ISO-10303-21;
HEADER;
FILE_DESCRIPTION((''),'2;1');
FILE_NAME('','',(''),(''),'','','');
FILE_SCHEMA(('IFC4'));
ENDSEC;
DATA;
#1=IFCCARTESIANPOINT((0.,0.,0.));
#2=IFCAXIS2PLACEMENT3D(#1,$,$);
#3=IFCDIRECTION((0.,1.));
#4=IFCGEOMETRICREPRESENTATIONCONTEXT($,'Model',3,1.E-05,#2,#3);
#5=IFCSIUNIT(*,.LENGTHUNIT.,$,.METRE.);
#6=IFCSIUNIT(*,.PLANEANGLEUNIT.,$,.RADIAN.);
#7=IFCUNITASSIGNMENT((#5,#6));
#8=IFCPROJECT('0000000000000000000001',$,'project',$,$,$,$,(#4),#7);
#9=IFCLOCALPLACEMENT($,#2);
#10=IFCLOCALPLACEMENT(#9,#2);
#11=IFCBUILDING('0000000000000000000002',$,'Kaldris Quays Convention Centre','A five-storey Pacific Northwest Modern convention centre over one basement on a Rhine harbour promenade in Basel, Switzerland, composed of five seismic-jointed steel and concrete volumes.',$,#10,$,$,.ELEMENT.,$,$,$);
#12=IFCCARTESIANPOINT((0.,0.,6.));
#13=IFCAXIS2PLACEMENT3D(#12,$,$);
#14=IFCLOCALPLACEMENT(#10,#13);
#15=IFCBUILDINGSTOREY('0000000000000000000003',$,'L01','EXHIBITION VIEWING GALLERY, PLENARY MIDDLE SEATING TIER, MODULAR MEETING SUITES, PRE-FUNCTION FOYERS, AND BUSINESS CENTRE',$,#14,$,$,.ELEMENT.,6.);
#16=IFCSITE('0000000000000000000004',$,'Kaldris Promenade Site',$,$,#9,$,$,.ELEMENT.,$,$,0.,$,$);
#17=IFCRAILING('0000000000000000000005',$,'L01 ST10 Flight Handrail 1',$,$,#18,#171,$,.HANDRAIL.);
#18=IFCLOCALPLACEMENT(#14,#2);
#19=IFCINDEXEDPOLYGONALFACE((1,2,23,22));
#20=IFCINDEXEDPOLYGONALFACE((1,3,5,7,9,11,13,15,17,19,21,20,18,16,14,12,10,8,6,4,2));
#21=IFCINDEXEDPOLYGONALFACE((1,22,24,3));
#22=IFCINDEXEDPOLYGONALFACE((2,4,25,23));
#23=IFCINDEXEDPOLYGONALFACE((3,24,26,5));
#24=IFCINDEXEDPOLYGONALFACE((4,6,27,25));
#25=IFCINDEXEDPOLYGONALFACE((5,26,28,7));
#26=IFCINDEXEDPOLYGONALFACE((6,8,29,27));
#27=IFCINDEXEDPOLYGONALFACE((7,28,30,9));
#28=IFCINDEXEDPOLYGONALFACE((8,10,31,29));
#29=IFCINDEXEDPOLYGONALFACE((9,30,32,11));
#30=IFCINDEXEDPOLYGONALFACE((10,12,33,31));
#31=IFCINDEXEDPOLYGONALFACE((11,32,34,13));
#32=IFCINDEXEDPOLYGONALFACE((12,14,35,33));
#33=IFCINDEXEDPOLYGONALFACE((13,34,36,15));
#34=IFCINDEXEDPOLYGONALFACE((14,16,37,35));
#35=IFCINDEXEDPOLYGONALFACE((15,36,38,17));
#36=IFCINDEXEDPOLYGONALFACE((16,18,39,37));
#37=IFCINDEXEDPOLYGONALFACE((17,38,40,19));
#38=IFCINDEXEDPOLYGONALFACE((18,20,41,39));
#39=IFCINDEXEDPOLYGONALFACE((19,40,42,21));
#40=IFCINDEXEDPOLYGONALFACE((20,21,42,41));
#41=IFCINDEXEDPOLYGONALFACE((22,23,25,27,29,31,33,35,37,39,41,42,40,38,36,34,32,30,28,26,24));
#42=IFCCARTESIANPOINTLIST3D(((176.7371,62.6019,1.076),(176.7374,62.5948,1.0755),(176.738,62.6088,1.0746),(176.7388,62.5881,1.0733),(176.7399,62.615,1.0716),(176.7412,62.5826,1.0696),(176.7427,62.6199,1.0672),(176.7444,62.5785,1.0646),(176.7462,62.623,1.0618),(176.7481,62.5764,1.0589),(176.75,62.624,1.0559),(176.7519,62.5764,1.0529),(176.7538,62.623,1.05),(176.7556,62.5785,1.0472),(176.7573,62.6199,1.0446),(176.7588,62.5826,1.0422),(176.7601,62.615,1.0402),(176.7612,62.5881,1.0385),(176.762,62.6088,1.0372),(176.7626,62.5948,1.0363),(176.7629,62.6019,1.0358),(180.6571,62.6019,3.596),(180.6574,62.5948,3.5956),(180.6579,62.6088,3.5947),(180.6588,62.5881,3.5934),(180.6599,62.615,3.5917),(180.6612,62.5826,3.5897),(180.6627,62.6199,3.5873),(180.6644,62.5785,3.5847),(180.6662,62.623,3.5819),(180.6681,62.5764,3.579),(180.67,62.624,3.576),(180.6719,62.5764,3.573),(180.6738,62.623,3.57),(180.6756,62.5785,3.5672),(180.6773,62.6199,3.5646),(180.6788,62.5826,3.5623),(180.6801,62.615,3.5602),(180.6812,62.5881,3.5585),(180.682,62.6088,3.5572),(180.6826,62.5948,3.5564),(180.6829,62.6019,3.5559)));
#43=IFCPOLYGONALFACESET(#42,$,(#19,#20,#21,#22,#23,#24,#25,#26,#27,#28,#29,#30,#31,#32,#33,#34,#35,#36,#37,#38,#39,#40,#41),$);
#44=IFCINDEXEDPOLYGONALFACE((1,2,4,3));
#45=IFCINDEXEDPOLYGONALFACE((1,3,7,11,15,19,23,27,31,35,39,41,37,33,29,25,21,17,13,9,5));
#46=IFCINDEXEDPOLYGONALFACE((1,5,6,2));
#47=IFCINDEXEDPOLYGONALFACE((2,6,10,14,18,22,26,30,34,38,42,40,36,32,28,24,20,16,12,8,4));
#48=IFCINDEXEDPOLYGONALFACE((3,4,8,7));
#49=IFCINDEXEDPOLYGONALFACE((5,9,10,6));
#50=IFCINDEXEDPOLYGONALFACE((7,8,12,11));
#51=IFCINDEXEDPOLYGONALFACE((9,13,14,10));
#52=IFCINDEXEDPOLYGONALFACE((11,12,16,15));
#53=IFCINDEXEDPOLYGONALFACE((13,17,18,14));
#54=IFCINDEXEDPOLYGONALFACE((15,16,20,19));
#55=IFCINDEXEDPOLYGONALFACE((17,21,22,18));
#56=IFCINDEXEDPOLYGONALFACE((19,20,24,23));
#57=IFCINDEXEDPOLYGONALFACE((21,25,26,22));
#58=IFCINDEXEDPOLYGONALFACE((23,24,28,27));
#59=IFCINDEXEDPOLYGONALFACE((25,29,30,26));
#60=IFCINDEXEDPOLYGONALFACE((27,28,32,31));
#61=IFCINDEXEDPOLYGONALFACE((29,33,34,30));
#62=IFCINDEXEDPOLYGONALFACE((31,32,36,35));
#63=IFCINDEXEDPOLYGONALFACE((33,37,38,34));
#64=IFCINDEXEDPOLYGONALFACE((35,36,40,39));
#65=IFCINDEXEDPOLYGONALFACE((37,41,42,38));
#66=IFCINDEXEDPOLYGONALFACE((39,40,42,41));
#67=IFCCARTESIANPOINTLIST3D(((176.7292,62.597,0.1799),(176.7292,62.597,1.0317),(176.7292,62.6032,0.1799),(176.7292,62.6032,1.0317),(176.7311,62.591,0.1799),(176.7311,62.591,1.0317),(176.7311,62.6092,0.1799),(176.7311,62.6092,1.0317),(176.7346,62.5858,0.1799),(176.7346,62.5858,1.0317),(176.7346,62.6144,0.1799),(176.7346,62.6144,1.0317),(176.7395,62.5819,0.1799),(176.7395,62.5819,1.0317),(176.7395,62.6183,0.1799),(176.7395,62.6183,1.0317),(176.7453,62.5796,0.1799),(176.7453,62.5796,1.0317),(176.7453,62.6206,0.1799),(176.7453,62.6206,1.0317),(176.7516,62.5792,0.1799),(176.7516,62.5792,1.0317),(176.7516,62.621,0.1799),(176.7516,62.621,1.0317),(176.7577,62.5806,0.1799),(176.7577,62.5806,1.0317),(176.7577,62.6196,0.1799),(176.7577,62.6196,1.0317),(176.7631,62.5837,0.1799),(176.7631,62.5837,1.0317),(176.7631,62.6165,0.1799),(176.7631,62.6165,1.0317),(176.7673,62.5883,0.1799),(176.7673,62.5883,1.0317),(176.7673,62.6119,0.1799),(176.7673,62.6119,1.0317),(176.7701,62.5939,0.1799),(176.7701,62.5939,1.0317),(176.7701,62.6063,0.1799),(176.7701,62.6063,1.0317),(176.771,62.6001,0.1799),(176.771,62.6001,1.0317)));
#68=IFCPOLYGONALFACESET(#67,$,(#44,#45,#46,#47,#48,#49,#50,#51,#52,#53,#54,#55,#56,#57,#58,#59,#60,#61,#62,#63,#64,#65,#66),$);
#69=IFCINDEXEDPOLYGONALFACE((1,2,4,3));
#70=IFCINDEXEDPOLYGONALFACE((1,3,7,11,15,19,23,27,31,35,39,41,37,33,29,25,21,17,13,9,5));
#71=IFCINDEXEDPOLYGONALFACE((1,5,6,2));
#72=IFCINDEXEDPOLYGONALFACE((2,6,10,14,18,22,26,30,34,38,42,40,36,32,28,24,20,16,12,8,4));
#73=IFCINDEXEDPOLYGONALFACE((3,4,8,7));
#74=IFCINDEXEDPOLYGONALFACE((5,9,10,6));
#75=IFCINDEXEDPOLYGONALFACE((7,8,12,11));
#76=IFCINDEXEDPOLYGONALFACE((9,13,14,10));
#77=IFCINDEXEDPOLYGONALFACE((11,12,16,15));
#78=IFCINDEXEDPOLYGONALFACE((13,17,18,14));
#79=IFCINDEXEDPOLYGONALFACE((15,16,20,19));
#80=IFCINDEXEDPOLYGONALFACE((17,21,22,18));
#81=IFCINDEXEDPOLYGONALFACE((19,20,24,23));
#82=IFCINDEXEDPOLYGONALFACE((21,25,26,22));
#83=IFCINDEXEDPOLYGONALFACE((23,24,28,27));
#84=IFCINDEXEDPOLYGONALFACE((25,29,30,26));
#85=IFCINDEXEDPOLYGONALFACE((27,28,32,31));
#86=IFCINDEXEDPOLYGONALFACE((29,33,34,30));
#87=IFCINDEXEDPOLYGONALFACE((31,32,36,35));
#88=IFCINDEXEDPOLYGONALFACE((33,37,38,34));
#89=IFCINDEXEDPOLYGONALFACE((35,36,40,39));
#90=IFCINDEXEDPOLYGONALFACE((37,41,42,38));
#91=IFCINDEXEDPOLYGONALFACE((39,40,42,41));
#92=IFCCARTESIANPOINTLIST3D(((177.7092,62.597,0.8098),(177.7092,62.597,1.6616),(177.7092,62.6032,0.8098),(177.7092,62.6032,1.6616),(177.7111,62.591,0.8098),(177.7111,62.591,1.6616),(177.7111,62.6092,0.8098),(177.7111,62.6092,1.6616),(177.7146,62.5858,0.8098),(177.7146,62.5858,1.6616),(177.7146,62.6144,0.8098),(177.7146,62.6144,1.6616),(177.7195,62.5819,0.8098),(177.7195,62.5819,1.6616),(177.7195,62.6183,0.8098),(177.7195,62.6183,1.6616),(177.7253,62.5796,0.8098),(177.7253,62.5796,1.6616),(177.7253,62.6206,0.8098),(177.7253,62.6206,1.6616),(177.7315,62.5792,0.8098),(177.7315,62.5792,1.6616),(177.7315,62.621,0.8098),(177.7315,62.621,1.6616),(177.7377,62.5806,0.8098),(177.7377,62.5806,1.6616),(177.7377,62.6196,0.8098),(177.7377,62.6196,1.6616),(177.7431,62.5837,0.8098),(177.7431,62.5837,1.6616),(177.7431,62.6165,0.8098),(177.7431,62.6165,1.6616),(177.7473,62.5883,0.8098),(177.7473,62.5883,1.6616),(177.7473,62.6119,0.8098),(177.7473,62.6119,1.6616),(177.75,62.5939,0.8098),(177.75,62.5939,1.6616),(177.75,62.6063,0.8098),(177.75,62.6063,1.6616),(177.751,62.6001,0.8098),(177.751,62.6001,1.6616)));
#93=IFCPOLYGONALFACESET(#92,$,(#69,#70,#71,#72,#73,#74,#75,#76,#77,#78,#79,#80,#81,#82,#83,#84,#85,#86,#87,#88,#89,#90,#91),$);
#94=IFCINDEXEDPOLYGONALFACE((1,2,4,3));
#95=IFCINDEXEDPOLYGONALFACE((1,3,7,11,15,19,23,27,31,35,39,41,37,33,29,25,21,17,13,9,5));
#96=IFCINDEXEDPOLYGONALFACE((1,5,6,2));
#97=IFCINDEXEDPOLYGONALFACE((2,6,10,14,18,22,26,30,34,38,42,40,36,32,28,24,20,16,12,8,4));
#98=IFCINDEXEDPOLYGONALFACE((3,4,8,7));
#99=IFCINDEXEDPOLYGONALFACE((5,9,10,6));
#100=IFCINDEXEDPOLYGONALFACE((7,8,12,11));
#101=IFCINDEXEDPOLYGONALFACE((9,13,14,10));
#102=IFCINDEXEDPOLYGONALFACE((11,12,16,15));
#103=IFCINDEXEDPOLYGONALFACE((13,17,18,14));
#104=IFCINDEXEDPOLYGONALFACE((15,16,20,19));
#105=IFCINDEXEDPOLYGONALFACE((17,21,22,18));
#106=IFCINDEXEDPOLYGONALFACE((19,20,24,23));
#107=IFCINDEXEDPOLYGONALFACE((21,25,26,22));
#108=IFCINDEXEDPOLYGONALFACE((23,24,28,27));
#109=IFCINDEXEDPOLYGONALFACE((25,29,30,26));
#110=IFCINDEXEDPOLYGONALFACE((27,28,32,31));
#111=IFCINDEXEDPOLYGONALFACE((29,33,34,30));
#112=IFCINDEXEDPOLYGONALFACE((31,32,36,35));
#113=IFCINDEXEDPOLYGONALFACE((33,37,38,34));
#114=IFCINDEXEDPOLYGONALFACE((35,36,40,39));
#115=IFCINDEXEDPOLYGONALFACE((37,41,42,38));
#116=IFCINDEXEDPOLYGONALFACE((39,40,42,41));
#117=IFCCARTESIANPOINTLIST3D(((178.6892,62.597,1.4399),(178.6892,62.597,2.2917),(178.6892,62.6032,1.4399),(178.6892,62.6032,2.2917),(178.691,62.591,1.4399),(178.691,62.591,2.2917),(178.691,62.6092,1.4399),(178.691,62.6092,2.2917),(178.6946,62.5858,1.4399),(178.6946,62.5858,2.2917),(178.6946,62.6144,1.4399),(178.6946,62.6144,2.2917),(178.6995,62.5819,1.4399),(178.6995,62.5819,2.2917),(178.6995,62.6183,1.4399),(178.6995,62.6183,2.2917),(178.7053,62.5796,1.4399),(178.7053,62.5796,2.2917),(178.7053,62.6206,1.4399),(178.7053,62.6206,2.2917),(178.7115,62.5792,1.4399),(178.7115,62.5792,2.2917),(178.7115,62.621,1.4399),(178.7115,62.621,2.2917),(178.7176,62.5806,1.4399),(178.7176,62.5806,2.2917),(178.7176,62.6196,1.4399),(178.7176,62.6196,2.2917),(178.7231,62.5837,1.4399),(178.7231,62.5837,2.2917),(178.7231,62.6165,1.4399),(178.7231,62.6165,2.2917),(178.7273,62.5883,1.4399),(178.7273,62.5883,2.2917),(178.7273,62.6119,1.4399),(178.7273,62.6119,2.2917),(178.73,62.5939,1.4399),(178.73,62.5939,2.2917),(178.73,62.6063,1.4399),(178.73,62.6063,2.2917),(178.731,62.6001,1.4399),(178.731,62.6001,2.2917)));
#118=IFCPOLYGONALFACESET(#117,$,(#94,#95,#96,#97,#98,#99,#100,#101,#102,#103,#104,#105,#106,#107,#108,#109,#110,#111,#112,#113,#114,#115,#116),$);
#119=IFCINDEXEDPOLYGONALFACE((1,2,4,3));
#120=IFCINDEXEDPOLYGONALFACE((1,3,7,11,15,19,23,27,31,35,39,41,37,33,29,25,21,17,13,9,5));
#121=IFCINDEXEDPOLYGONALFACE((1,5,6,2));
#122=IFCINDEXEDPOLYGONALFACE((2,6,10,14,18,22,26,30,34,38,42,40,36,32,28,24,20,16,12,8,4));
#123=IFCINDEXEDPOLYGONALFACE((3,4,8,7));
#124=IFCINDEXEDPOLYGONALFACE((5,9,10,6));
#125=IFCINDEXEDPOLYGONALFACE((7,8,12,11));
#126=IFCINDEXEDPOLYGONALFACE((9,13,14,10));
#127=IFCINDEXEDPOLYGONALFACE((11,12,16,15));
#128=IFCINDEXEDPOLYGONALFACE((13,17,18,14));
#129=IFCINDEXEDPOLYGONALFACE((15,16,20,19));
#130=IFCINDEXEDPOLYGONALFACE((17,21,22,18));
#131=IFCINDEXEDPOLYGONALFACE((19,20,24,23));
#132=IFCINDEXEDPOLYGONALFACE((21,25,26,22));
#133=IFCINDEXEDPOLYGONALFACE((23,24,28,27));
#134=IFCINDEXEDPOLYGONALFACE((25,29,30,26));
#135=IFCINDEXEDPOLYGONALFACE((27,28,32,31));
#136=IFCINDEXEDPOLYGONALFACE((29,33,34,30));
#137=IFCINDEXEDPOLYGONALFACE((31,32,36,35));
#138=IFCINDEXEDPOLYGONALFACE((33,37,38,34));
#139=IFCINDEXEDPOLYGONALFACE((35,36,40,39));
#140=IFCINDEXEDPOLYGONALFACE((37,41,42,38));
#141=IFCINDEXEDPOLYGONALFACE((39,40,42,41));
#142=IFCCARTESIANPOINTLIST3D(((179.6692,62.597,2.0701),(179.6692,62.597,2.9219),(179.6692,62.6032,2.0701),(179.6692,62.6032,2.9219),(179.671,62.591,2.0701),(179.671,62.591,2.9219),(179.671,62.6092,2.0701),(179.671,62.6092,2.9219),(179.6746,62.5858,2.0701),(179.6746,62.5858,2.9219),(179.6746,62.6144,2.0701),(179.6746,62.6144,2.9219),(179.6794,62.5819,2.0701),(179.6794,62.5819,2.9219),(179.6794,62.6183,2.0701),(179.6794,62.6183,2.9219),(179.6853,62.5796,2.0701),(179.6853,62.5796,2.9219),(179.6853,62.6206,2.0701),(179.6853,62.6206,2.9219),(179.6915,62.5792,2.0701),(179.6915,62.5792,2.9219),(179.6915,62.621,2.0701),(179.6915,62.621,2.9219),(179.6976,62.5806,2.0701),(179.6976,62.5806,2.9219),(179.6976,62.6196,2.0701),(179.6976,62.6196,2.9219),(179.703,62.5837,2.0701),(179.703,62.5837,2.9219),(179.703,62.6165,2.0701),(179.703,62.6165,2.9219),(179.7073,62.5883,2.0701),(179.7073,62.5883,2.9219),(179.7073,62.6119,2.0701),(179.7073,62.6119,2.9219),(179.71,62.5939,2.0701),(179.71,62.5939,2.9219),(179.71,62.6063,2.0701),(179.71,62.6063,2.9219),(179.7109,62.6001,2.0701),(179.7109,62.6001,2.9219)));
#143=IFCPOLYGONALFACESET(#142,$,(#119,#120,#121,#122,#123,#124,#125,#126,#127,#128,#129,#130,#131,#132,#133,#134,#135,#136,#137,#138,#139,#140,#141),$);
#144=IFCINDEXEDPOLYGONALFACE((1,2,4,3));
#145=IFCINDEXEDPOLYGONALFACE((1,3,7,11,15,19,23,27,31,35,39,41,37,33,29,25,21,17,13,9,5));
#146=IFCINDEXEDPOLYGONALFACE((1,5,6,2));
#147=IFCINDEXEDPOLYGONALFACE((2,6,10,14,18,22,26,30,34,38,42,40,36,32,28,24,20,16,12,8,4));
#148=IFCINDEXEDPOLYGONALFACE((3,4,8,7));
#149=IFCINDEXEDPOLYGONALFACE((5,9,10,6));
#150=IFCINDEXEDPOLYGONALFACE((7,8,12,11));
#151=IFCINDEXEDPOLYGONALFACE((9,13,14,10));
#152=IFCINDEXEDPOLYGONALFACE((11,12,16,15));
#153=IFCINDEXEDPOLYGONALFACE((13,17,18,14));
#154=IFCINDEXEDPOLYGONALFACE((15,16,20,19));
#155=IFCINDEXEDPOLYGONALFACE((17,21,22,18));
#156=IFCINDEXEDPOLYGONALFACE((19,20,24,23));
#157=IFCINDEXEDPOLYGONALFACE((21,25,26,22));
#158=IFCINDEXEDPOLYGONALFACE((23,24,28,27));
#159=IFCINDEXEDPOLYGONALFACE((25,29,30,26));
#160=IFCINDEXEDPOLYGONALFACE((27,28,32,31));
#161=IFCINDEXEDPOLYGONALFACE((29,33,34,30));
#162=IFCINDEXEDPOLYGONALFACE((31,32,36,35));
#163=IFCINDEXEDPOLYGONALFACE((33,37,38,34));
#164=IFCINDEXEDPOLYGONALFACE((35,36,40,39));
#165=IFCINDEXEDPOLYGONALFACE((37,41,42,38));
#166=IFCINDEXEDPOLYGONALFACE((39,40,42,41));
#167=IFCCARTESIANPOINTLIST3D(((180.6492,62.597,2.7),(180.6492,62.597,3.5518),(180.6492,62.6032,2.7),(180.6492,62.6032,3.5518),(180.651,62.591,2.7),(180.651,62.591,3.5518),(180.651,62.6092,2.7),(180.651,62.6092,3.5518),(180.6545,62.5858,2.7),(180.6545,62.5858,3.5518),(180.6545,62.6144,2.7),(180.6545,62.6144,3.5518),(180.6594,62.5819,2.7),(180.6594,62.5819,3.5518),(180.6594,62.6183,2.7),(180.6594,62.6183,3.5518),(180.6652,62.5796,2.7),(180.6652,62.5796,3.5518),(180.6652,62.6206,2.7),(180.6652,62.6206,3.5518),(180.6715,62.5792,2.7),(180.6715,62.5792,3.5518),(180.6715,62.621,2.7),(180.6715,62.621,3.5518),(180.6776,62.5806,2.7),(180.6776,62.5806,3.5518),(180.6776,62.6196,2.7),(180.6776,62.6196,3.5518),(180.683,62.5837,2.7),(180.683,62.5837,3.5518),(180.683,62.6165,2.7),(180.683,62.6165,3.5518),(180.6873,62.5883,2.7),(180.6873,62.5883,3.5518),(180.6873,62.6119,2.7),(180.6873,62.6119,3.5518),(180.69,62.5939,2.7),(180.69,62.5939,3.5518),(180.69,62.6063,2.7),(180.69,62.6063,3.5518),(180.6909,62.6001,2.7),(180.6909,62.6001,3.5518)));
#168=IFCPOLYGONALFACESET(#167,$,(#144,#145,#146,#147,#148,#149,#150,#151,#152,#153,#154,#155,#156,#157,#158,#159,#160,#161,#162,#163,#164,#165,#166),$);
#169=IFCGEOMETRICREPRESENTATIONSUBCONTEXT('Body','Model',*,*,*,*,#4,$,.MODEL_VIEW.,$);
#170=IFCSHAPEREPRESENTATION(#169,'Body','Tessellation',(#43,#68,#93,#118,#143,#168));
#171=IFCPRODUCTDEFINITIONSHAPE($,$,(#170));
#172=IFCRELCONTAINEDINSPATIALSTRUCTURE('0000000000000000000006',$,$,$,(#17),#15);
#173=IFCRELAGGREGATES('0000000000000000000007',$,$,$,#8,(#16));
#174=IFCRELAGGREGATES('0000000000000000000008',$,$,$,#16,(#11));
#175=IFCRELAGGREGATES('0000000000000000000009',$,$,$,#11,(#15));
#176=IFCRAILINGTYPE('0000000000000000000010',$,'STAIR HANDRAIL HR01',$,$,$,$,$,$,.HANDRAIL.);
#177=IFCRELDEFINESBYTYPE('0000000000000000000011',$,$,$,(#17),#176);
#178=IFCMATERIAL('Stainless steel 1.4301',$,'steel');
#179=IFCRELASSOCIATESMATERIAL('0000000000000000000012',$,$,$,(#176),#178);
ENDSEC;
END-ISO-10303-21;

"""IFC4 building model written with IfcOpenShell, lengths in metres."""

from ifc_helpers import new_model, si_unit, direction, frame, origin, origin_2d, place, context, subcontext, project, spatial, circle, extrude, material, type_object, element, save


model = new_model("IFC4")

# Units and contexts
model_context = context("Model", 3, precision=1e-05, world=origin(), true_north=direction((0.0, 1.0)))
body_context = subcontext(model_context, "Body", "Model", "MODEL_VIEW")
ifc_project = project(units=[si_unit("LENGTHUNIT", "METRE"), si_unit("PLANEANGLEUNIT", "RADIAN")], contexts=[model_context])

# Site, building, storey
site_placement = place(None, origin())
site = spatial("IfcSite", under=ifc_project, at=site_placement, Name="Kaldris Promenade Site", CompositionType="ELEMENT", RefElevation=0.0)
building_placement = place(site_placement, origin())
building = spatial("IfcBuilding", under=site, at=building_placement, Name="Kaldris Quays Convention Centre", Description="A five-storey Pacific Northwest Modern convention centre over one basement on a Rhine harbour promenade in Basel, Switzerland, composed of five seismic-jointed steel and concrete volumes.", CompositionType="ELEMENT")
storey_placement = place(building_placement, frame((0.0, 0.0, 6.0)))
storey = spatial("IfcBuildingStorey", under=building, at=storey_placement, Name="L01", Description="EXHIBITION VIEWING GALLERY, PLENARY MIDDLE SEATING TIER, MODULAR MEETING SUITES, PRE-FUNCTION FOYERS, AND BUSINESS CENTRE", CompositionType="ELEMENT", Elevation=6.0)

# Railing
ifc_material_1 = material(Name="Stainless steel 1.4301", Category="steel")
railing_type_1 = type_object("IfcRailingType", Name="STAIR HANDRAIL HR01", PredefinedType="HANDRAIL", material=ifc_material_1)
railing_1_placement = place(storey_placement, frame((176.75, 62.6001, 0.1799)))
element("IfcRailing", 1, at=railing_1_placement, inside=storey, type_object=railing_type_1, Name="L01 ST10 Flight Handrail 1", PredefinedType="HANDRAIL", context=body_context, shape_type="SweptSolid", body=[
    extrude(circle(Radius=0.0239, at=origin_2d()), frame((0.0, 0.0, 0.876), z_axis=(0.841172, 0.0, 0.540768), x_axis=(0.0, 1.0, 0.0)), (0.0, 0.0, 1.0), 4.6602),
    extrude(circle(Radius=0.021, at=origin_2d()), origin(), (0.0, 0.0, 1.0), 0.8518),
    extrude(circle(Radius=0.021, at=origin_2d()), frame((0.98, 0.0, 0.6299)), (0.0, 0.0, 1.0), 0.8518),
    extrude(circle(Radius=0.021, at=origin_2d()), frame((1.96, 0.0, 1.26)), (0.0, 0.0, 1.0), 0.8518),
    extrude(circle(Radius=0.021, at=origin_2d()), frame((2.9399, 0.0, 1.8901)), (0.0, 0.0, 1.0), 0.8518),
    extrude(circle(Radius=0.021, at=origin_2d()), frame((3.9199, 0.0, 2.52)), (0.0, 0.0, 1.0), 0.8518),
])

save(model, "model.ifc")
